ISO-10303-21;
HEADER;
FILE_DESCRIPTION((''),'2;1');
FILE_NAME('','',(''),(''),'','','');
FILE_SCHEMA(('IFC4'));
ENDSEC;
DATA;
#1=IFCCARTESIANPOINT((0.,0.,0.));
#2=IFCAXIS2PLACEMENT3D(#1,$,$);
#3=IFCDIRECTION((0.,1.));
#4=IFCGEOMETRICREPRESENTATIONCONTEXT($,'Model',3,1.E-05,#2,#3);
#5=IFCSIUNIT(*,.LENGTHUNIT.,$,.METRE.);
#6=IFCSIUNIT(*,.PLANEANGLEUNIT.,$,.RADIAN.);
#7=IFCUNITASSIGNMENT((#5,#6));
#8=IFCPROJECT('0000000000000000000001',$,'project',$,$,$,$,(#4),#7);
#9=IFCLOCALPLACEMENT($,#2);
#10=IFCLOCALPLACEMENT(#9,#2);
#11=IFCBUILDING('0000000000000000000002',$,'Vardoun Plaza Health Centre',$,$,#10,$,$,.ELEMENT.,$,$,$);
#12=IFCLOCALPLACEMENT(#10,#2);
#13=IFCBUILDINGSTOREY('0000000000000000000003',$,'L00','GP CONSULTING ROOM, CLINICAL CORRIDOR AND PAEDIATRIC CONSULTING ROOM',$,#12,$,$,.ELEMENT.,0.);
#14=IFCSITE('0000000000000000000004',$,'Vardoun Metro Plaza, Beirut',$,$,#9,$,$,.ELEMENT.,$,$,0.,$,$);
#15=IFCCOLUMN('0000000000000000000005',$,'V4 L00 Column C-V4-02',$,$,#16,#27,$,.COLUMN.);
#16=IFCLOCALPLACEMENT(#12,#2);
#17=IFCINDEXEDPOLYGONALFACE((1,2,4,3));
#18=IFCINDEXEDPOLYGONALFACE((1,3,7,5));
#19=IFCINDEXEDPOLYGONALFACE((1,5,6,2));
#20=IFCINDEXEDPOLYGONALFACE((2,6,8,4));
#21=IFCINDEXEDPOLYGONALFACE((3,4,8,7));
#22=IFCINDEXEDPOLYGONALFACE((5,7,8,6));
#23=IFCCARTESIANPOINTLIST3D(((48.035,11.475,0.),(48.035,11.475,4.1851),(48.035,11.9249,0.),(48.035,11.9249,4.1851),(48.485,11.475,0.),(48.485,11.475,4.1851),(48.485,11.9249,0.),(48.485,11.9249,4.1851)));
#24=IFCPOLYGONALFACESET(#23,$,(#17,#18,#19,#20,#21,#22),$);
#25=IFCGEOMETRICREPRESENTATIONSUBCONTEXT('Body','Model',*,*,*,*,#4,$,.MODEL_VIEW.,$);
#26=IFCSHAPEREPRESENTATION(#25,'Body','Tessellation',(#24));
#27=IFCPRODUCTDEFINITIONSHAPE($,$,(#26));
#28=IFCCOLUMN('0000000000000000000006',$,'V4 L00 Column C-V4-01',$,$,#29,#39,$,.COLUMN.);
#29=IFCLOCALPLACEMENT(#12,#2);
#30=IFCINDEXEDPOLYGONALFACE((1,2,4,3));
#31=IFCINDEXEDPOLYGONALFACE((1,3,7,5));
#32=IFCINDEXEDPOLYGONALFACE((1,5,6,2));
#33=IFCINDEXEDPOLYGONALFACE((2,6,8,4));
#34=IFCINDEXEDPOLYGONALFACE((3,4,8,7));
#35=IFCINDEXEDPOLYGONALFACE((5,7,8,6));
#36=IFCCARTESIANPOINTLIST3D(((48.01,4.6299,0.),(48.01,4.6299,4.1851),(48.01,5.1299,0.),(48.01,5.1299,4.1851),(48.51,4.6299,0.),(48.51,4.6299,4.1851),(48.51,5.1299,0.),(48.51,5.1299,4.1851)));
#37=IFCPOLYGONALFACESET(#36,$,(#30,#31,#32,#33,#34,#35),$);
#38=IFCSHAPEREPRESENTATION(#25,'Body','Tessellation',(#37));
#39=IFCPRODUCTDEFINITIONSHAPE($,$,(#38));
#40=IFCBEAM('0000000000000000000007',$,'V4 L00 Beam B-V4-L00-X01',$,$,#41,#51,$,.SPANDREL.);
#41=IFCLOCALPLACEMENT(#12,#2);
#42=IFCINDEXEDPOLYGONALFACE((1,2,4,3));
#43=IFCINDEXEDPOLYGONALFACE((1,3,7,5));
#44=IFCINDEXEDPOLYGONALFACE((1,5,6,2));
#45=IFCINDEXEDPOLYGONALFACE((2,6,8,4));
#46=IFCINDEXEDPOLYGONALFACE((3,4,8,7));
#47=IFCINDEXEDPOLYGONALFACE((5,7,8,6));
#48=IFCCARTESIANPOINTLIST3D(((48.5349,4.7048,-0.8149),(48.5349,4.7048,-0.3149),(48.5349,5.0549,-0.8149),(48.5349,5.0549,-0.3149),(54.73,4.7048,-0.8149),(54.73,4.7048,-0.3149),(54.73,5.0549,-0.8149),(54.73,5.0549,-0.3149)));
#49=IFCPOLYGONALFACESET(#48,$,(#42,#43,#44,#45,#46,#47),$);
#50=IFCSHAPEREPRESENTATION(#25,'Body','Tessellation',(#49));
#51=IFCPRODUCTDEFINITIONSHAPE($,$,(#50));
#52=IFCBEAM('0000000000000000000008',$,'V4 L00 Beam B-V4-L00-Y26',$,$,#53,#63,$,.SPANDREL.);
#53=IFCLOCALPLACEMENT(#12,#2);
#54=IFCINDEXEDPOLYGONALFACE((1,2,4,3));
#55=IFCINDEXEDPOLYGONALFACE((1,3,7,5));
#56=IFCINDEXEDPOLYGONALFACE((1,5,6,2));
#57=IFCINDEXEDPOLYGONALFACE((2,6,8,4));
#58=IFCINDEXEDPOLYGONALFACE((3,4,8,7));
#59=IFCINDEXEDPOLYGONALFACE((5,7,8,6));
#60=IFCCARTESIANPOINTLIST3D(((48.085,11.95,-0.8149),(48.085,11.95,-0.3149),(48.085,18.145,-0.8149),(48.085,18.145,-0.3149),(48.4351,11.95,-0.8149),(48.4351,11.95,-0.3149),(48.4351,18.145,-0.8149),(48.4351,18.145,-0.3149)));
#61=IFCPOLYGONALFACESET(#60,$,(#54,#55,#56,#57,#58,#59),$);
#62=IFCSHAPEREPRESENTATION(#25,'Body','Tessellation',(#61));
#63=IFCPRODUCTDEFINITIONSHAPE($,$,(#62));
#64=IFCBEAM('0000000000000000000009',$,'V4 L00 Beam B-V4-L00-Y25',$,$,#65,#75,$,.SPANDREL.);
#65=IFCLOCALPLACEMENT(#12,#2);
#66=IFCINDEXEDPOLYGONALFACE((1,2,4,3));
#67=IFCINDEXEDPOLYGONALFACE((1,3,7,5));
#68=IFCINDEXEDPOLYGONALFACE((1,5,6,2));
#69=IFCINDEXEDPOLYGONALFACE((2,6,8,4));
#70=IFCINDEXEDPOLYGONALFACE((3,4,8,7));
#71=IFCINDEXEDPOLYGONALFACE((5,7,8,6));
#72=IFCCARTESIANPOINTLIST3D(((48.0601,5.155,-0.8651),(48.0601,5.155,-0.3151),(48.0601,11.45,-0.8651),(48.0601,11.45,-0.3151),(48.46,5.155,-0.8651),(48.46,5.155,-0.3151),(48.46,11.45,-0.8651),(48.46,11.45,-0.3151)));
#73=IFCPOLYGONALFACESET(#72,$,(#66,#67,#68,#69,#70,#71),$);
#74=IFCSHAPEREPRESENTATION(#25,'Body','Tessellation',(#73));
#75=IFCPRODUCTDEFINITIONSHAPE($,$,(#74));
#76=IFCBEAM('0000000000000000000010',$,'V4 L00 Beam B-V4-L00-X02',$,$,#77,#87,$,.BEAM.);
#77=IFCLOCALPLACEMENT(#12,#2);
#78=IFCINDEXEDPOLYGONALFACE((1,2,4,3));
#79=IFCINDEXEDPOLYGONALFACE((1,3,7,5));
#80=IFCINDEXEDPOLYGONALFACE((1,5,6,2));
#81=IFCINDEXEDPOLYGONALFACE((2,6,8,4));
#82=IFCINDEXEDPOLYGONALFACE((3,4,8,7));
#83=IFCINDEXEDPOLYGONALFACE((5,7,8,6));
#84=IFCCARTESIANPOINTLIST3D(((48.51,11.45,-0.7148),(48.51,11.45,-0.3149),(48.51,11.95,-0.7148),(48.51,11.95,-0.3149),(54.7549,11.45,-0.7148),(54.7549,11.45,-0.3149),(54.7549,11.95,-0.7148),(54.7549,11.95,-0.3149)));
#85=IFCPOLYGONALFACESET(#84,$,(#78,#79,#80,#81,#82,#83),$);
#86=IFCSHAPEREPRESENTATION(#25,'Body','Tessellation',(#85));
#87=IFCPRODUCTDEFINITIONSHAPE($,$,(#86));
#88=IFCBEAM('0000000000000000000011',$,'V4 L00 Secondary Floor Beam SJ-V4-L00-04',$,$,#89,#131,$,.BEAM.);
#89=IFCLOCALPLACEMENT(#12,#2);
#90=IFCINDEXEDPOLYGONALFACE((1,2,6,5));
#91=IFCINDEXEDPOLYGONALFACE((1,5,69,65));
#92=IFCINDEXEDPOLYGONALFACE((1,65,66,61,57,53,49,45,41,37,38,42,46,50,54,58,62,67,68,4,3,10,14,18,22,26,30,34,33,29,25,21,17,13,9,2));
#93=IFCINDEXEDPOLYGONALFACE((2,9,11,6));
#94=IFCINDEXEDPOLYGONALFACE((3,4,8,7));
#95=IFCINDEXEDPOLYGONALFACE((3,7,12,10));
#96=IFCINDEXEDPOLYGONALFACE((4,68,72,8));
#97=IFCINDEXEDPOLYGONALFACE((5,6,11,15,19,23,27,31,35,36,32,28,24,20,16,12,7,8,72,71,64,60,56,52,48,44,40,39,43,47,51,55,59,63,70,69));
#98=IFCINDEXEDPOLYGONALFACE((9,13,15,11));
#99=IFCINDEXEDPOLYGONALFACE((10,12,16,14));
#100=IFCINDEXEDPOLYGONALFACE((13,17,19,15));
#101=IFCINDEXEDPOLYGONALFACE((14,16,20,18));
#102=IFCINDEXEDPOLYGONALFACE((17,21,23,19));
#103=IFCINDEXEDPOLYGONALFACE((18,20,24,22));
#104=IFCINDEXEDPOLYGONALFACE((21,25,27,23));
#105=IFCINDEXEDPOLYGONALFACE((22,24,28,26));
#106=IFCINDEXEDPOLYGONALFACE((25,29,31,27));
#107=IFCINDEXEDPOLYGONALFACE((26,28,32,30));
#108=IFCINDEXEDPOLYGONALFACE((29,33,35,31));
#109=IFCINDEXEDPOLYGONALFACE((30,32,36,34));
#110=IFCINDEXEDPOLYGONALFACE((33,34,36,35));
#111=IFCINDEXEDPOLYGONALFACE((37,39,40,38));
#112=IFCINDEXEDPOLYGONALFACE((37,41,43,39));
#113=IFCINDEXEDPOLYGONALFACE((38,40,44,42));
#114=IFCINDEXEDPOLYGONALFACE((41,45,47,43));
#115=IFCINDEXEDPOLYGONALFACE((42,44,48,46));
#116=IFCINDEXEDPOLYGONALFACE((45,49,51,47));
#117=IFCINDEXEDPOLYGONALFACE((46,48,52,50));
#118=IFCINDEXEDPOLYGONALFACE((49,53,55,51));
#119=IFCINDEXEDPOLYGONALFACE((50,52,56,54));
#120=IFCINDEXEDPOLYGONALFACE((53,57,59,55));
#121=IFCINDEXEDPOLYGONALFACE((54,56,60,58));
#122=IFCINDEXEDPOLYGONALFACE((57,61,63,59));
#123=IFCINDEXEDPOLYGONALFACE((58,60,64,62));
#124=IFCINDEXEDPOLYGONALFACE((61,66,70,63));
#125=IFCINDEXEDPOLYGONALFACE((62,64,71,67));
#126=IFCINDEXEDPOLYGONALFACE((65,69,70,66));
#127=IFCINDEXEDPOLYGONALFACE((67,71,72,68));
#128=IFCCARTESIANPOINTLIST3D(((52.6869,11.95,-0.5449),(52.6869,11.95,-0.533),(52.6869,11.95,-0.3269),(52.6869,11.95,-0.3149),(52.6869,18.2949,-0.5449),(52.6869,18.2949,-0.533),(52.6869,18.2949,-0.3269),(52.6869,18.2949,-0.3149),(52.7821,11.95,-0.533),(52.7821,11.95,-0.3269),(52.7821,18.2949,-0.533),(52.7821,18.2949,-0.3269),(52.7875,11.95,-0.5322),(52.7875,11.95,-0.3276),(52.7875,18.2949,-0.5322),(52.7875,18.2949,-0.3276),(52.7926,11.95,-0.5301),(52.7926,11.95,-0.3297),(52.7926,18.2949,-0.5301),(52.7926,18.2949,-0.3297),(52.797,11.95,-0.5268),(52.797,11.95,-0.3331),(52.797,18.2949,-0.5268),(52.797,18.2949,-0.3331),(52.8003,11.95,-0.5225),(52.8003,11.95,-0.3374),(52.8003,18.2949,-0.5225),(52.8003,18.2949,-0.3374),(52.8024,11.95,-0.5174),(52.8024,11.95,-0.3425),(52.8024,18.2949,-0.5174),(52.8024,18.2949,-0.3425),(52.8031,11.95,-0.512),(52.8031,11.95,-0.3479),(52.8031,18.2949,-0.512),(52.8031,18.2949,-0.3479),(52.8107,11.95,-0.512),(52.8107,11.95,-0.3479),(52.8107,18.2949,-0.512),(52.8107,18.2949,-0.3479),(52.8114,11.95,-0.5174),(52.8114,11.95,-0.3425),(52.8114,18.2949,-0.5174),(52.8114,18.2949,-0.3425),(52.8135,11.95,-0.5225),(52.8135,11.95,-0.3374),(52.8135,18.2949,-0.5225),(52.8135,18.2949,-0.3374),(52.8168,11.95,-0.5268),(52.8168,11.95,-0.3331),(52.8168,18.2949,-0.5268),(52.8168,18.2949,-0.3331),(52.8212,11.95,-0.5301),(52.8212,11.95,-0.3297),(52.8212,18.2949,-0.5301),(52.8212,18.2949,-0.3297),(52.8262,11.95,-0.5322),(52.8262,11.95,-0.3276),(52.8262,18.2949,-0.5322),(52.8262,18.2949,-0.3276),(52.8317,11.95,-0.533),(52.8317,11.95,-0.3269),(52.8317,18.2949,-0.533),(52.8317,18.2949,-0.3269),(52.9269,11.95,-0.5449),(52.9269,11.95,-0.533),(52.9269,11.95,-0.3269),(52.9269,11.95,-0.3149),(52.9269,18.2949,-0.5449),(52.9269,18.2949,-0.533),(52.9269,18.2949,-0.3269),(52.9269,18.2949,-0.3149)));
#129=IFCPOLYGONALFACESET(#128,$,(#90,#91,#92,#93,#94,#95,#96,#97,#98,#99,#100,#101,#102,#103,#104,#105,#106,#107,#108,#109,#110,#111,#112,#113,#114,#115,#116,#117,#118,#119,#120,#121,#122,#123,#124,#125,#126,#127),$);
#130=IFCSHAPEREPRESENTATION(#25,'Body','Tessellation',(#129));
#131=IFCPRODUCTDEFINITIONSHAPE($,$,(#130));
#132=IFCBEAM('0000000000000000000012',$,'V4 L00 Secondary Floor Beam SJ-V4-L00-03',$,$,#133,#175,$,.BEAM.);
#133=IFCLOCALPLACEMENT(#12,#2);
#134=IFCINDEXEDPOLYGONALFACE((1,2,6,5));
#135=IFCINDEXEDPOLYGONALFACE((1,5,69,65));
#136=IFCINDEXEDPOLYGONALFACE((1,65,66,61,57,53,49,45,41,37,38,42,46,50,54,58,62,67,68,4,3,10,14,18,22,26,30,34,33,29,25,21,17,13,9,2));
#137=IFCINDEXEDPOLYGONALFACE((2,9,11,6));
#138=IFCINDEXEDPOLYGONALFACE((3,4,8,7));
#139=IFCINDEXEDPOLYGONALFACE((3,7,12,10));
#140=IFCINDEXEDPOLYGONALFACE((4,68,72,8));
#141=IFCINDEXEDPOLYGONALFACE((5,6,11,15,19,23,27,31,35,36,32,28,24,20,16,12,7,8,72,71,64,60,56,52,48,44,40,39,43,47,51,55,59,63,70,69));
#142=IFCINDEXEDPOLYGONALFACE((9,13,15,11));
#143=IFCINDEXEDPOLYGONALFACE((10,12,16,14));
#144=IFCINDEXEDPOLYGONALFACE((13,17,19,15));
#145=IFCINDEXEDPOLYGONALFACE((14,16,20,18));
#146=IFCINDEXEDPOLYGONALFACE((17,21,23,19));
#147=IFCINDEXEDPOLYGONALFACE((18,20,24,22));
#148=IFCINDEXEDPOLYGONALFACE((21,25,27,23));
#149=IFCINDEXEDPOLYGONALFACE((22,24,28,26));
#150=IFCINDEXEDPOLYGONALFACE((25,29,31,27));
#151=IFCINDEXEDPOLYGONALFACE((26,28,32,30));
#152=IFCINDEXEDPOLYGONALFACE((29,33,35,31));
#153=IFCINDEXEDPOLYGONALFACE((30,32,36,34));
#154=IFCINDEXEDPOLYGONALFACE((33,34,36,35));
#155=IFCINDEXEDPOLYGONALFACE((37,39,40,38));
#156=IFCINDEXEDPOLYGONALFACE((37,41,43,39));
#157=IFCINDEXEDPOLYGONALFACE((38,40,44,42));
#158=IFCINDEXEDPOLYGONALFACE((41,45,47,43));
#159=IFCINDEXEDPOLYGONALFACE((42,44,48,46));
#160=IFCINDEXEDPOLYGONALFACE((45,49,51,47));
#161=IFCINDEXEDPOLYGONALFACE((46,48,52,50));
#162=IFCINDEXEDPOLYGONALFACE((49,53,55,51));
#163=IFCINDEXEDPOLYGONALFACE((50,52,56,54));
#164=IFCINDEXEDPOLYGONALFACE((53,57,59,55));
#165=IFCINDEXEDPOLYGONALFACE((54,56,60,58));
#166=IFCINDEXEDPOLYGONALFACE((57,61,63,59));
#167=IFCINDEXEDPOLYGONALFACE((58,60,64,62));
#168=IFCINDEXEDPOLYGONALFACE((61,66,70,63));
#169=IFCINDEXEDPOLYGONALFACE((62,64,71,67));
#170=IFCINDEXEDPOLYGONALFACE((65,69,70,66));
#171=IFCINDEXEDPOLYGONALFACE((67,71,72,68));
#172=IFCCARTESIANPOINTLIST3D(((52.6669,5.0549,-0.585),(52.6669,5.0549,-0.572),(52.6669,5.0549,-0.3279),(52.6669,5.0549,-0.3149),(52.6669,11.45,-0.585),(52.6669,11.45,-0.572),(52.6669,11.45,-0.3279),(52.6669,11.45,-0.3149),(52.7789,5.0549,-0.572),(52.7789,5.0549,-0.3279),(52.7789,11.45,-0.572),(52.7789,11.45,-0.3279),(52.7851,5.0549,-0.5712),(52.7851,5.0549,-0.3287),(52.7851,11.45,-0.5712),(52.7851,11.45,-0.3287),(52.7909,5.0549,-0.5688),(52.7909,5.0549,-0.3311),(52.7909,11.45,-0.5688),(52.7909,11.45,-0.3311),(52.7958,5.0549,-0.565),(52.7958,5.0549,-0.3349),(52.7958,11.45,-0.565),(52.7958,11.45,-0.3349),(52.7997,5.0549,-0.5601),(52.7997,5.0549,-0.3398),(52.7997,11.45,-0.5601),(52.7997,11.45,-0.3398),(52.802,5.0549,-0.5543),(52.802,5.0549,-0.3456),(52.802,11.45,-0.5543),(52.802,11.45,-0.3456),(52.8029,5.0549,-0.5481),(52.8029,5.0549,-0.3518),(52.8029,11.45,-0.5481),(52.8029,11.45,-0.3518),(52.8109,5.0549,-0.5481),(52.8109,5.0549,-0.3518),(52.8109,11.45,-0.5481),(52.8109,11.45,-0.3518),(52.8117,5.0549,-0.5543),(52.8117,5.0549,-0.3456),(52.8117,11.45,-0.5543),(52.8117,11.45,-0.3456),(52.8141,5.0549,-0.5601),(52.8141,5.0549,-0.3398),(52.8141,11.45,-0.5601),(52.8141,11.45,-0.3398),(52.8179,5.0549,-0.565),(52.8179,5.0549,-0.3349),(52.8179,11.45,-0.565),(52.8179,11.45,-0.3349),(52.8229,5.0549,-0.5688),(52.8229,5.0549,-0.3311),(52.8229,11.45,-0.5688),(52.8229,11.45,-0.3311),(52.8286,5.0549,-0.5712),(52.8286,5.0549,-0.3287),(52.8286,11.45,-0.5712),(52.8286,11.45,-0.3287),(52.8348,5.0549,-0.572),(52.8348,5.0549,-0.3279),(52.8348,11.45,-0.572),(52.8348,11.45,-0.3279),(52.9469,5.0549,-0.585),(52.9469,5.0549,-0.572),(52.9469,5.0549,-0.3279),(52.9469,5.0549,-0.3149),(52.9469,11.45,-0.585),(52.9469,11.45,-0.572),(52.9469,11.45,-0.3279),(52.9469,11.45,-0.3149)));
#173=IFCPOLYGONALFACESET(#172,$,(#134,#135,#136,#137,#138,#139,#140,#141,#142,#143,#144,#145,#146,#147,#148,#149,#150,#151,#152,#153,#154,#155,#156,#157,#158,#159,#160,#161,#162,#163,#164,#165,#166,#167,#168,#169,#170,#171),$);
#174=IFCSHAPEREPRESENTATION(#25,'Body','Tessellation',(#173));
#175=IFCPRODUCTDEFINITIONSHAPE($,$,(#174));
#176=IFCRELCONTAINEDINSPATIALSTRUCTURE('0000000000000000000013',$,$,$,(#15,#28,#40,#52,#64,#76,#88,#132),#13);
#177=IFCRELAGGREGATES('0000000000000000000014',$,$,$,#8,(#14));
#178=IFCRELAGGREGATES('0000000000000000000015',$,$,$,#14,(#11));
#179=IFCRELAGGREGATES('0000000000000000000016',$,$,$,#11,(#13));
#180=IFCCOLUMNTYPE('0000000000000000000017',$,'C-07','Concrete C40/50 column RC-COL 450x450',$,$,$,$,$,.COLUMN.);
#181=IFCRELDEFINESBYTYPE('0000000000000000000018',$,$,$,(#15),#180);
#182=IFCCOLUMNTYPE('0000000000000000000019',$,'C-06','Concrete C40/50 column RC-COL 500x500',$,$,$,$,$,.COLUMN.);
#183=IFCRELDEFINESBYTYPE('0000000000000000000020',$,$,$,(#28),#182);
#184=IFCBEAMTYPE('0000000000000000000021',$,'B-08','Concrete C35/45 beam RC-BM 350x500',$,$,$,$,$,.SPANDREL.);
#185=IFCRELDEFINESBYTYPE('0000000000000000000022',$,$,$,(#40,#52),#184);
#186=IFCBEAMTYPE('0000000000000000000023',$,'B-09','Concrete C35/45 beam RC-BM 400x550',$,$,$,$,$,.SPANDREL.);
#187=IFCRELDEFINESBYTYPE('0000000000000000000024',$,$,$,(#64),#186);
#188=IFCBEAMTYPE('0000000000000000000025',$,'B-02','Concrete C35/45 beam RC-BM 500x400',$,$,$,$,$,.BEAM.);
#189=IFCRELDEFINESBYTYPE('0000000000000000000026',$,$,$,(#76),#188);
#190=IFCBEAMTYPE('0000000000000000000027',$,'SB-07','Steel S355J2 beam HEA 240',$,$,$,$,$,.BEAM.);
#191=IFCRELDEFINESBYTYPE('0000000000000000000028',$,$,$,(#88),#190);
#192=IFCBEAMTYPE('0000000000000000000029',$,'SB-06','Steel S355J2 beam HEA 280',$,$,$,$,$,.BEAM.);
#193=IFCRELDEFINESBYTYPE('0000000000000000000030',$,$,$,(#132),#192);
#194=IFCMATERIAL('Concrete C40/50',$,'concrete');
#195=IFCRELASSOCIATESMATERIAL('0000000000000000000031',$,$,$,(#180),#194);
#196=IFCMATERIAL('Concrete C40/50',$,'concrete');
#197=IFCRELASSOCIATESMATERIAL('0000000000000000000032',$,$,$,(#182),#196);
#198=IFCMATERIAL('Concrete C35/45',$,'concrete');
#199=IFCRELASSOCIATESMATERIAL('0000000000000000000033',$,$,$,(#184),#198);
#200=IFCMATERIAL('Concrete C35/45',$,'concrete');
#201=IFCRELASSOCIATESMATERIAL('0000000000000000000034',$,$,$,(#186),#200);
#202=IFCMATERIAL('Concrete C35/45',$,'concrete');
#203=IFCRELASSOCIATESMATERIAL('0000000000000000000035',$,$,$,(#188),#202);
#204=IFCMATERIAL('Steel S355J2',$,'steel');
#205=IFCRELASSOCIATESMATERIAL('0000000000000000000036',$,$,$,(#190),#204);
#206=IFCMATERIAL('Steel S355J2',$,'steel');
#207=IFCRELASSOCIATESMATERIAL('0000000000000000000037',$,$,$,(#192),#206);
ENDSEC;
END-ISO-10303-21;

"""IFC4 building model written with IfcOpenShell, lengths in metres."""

from ifc_helpers import new_model, si_unit, direction, frame, origin, origin_2d, place, context, subcontext, project, spatial, rectangle, i_section, extrude, material, material_profile, profile_set, type_object, element, save


model = new_model("IFC4")

# Units and contexts
model_context = context("Model", 3, precision=1e-05, world=origin(), true_north=direction((0.0, 1.0)))
body_context = subcontext(model_context, "Body", "Model", "MODEL_VIEW")
ifc_project = project(units=[si_unit("LENGTHUNIT", "METRE"), si_unit("PLANEANGLEUNIT", "RADIAN")], contexts=[model_context])

# Site, building, storey
site_placement = place(None, origin())
site = spatial("IfcSite", under=ifc_project, at=site_placement, Name="Vardoun Metro Plaza, Beirut", CompositionType="ELEMENT", RefElevation=0.0)
building_placement = place(site_placement, origin())
building = spatial("IfcBuilding", under=site, at=building_placement, Name="Vardoun Plaza Health Centre", CompositionType="ELEMENT")
storey_placement = place(building_placement, origin())
storey = spatial("IfcBuildingStorey", under=building, at=storey_placement, Name="L00", Description="GP CONSULTING ROOM, CLINICAL CORRIDOR AND PAEDIATRIC CONSULTING ROOM", CompositionType="ELEMENT", Elevation=0.0)

# Columns
ifc_material_1 = material(Name="Concrete C40/50", Category="concrete")
ifc_material_profile_1 = material_profile(ifc_material_1, rectangle(XDim=0.45, YDim=0.45, at=origin_2d()), Name="RC-COL 450x450")
ifc_profile_set_1 = profile_set([ifc_material_profile_1], Name="Concrete C40/50")
column_type_1 = type_object("IfcColumnType", Name="C-07", Description="Concrete C40/50 column RC-COL 450x450", PredefinedType="COLUMN", material=ifc_profile_set_1)
column_1_placement = place(storey_placement, frame((48.26, 11.7, 0.0), z_axis=(0.0, 0.0, 1.0), x_axis=(1.0, 0.0, 0.0)))
element("IfcColumn", 1, at=column_1_placement, inside=storey, type_object=column_type_1, Name="V4 L00 Column C-V4-02", PredefinedType="COLUMN", context=body_context, shape_type="SweptSolid", body=[
    extrude(rectangle(XDim=0.45, YDim=0.45, at=origin_2d()), origin(), (0.0, 0.0, 1.0), 4.1851),
])
ifc_material_2 = material(Name="Concrete C40/50", Category="concrete")
ifc_material_profile_2 = material_profile(ifc_material_2, rectangle(XDim=0.5, YDim=0.5, at=origin_2d()), Name="RC-COL 500x500")
ifc_profile_set_2 = profile_set([ifc_material_profile_2], Name="Concrete C40/50")
column_type_2 = type_object("IfcColumnType", Name="C-06", Description="Concrete C40/50 column RC-COL 500x500", PredefinedType="COLUMN", material=ifc_profile_set_2)
column_2_placement = place(storey_placement, frame((48.26, 4.8799, 0.0), z_axis=(0.0, 0.0, 1.0), x_axis=(1.0, 0.0, 0.0)))
element("IfcColumn", 2, at=column_2_placement, inside=storey, type_object=column_type_2, Name="V4 L00 Column C-V4-01", PredefinedType="COLUMN", context=body_context, shape_type="SweptSolid", body=[
    extrude(rectangle(XDim=0.5, YDim=0.5, at=origin_2d()), origin(), (0.0, 0.0, 1.0), 4.1851),
])

# Beams
ifc_material_3 = material(Name="Concrete C35/45", Category="concrete")
ifc_material_profile_3 = material_profile(ifc_material_3, rectangle(XDim=0.3501, YDim=0.5, at=origin_2d()), Name="RC-BM 350x500")
ifc_profile_set_3 = profile_set([ifc_material_profile_3], Name="Concrete C35/45")
beam_type_1 = type_object("IfcBeamType", Name="B-08", Description="Concrete C35/45 beam RC-BM 350x500", PredefinedType="SPANDREL", material=ifc_profile_set_3)
for number, where, z_axis, x_axis, name in (
    (3, (48.5349, 4.8799, -0.5649), (1.0, 0.0, 0.0), (0.0, 1.0, 0.0), "V4 L00 Beam B-V4-L00-X01"),
    (4, (48.26, 11.95, -0.5649), (0.0, 1.0, 0.0), (-1.0, 0.0, 0.0), "V4 L00 Beam B-V4-L00-Y26"),
):
    element("IfcBeam", number, at=place(storey_placement, frame(where, z_axis=z_axis, x_axis=x_axis)), inside=storey, type_object=beam_type_1, Name=name, PredefinedType="SPANDREL", context=body_context, shape_type="SweptSolid", body=[
        extrude(rectangle(XDim=0.3501, YDim=0.5, at=origin_2d()), origin(), (0.0, 0.0, 1.0), 6.1951),
    ])
ifc_material_4 = material(Name="Concrete C35/45", Category="concrete")
ifc_material_profile_4 = material_profile(ifc_material_4, rectangle(XDim=0.3999, YDim=0.55, at=origin_2d()), Name="RC-BM 400x550")
ifc_profile_set_4 = profile_set([ifc_material_profile_4], Name="Concrete C35/45")
beam_type_2 = type_object("IfcBeamType", Name="B-09", Description="Concrete C35/45 beam RC-BM 400x550", PredefinedType="SPANDREL", material=ifc_profile_set_4)
beam_1_placement = place(storey_placement, frame((48.26, 5.155, -0.5901), z_axis=(0.0, 1.0, 0.0), x_axis=(-1.0, 0.0, 0.0)))
element("IfcBeam", 5, at=beam_1_placement, inside=storey, type_object=beam_type_2, Name="V4 L00 Beam B-V4-L00-Y25", PredefinedType="SPANDREL", context=body_context, shape_type="SweptSolid", body=[
    extrude(rectangle(XDim=0.3999, YDim=0.55, at=origin_2d()), origin(), (0.0, 0.0, 1.0), 6.2949),
])
ifc_material_5 = material(Name="Concrete C35/45", Category="concrete")
ifc_material_profile_5 = material_profile(ifc_material_5, rectangle(XDim=0.5, YDim=0.3999, at=origin_2d()), Name="RC-BM 500x400")
ifc_profile_set_5 = profile_set([ifc_material_profile_5], Name="Concrete C35/45")
beam_type_3 = type_object("IfcBeamType", Name="B-02", Description="Concrete C35/45 beam RC-BM 500x400", PredefinedType="BEAM", material=ifc_profile_set_5)
beam_2_placement = place(storey_placement, frame((48.51, 11.7, -0.5149), z_axis=(1.0, 0.0, 0.0), x_axis=(0.0, 1.0, 0.0)))
element("IfcBeam", 6, at=beam_2_placement, inside=storey, type_object=beam_type_3, Name="V4 L00 Beam B-V4-L00-X02", PredefinedType="BEAM", context=body_context, shape_type="SweptSolid", body=[
    extrude(rectangle(XDim=0.5, YDim=0.3999, at=origin_2d()), origin(), (0.0, 0.0, 1.0), 6.2449),
])
ifc_material_6 = material(Name="Steel S355J2", Category="steel")
ifc_material_profile_6 = material_profile(ifc_material_6, i_section(OverallWidth=0.24, OverallDepth=0.23, WebThickness=0.0076, FlangeThickness=0.012, FilletRadius=0.021, at=origin_2d()), Name="HEA 240")
ifc_profile_set_6 = profile_set([ifc_material_profile_6], Name="Steel S355J2")
beam_type_4 = type_object("IfcBeamType", Name="SB-07", Description="Steel S355J2 beam HEA 240", PredefinedType="BEAM", material=ifc_profile_set_6)
beam_3_placement = place(storey_placement, frame((52.8069, 11.95, -0.4299), z_axis=(0.0, 1.0, 0.0), x_axis=(-1.0, 0.0, 0.0)))
element("IfcBeam", 7, at=beam_3_placement, inside=storey, type_object=beam_type_4, Name="V4 L00 Secondary Floor Beam SJ-V4-L00-04", PredefinedType="BEAM", context=body_context, shape_type="SweptSolid", body=[
    extrude(i_section(OverallWidth=0.24, OverallDepth=0.23, WebThickness=0.0076, FlangeThickness=0.012, FilletRadius=0.021, at=origin_2d()), origin(), (0.0, 0.0, 1.0), 6.345),
])
ifc_material_7 = material(Name="Steel S355J2", Category="steel")
ifc_material_profile_7 = material_profile(ifc_material_7, i_section(OverallWidth=0.28, OverallDepth=0.27, WebThickness=0.0081, FlangeThickness=0.0129, FilletRadius=0.0239, at=origin_2d()), Name="HEA 280")
ifc_profile_set_7 = profile_set([ifc_material_profile_7], Name="Steel S355J2")
beam_type_5 = type_object("IfcBeamType", Name="SB-06", Description="Steel S355J2 beam HEA 280", PredefinedType="BEAM", material=ifc_profile_set_7)
beam_4_placement = place(storey_placement, frame((52.8069, 5.0549, -0.45), z_axis=(0.0, 1.0, 0.0), x_axis=(-1.0, 0.0, 0.0)))
element("IfcBeam", 8, at=beam_4_placement, inside=storey, type_object=beam_type_5, Name="V4 L00 Secondary Floor Beam SJ-V4-L00-03", PredefinedType="BEAM", context=body_context, shape_type="SweptSolid", body=[
    extrude(i_section(OverallWidth=0.28, OverallDepth=0.27, WebThickness=0.0081, FlangeThickness=0.0129, FilletRadius=0.0239, at=origin_2d()), origin(), (0.0, 0.0, 1.0), 6.395),
])

save(model, "model.ifc")
